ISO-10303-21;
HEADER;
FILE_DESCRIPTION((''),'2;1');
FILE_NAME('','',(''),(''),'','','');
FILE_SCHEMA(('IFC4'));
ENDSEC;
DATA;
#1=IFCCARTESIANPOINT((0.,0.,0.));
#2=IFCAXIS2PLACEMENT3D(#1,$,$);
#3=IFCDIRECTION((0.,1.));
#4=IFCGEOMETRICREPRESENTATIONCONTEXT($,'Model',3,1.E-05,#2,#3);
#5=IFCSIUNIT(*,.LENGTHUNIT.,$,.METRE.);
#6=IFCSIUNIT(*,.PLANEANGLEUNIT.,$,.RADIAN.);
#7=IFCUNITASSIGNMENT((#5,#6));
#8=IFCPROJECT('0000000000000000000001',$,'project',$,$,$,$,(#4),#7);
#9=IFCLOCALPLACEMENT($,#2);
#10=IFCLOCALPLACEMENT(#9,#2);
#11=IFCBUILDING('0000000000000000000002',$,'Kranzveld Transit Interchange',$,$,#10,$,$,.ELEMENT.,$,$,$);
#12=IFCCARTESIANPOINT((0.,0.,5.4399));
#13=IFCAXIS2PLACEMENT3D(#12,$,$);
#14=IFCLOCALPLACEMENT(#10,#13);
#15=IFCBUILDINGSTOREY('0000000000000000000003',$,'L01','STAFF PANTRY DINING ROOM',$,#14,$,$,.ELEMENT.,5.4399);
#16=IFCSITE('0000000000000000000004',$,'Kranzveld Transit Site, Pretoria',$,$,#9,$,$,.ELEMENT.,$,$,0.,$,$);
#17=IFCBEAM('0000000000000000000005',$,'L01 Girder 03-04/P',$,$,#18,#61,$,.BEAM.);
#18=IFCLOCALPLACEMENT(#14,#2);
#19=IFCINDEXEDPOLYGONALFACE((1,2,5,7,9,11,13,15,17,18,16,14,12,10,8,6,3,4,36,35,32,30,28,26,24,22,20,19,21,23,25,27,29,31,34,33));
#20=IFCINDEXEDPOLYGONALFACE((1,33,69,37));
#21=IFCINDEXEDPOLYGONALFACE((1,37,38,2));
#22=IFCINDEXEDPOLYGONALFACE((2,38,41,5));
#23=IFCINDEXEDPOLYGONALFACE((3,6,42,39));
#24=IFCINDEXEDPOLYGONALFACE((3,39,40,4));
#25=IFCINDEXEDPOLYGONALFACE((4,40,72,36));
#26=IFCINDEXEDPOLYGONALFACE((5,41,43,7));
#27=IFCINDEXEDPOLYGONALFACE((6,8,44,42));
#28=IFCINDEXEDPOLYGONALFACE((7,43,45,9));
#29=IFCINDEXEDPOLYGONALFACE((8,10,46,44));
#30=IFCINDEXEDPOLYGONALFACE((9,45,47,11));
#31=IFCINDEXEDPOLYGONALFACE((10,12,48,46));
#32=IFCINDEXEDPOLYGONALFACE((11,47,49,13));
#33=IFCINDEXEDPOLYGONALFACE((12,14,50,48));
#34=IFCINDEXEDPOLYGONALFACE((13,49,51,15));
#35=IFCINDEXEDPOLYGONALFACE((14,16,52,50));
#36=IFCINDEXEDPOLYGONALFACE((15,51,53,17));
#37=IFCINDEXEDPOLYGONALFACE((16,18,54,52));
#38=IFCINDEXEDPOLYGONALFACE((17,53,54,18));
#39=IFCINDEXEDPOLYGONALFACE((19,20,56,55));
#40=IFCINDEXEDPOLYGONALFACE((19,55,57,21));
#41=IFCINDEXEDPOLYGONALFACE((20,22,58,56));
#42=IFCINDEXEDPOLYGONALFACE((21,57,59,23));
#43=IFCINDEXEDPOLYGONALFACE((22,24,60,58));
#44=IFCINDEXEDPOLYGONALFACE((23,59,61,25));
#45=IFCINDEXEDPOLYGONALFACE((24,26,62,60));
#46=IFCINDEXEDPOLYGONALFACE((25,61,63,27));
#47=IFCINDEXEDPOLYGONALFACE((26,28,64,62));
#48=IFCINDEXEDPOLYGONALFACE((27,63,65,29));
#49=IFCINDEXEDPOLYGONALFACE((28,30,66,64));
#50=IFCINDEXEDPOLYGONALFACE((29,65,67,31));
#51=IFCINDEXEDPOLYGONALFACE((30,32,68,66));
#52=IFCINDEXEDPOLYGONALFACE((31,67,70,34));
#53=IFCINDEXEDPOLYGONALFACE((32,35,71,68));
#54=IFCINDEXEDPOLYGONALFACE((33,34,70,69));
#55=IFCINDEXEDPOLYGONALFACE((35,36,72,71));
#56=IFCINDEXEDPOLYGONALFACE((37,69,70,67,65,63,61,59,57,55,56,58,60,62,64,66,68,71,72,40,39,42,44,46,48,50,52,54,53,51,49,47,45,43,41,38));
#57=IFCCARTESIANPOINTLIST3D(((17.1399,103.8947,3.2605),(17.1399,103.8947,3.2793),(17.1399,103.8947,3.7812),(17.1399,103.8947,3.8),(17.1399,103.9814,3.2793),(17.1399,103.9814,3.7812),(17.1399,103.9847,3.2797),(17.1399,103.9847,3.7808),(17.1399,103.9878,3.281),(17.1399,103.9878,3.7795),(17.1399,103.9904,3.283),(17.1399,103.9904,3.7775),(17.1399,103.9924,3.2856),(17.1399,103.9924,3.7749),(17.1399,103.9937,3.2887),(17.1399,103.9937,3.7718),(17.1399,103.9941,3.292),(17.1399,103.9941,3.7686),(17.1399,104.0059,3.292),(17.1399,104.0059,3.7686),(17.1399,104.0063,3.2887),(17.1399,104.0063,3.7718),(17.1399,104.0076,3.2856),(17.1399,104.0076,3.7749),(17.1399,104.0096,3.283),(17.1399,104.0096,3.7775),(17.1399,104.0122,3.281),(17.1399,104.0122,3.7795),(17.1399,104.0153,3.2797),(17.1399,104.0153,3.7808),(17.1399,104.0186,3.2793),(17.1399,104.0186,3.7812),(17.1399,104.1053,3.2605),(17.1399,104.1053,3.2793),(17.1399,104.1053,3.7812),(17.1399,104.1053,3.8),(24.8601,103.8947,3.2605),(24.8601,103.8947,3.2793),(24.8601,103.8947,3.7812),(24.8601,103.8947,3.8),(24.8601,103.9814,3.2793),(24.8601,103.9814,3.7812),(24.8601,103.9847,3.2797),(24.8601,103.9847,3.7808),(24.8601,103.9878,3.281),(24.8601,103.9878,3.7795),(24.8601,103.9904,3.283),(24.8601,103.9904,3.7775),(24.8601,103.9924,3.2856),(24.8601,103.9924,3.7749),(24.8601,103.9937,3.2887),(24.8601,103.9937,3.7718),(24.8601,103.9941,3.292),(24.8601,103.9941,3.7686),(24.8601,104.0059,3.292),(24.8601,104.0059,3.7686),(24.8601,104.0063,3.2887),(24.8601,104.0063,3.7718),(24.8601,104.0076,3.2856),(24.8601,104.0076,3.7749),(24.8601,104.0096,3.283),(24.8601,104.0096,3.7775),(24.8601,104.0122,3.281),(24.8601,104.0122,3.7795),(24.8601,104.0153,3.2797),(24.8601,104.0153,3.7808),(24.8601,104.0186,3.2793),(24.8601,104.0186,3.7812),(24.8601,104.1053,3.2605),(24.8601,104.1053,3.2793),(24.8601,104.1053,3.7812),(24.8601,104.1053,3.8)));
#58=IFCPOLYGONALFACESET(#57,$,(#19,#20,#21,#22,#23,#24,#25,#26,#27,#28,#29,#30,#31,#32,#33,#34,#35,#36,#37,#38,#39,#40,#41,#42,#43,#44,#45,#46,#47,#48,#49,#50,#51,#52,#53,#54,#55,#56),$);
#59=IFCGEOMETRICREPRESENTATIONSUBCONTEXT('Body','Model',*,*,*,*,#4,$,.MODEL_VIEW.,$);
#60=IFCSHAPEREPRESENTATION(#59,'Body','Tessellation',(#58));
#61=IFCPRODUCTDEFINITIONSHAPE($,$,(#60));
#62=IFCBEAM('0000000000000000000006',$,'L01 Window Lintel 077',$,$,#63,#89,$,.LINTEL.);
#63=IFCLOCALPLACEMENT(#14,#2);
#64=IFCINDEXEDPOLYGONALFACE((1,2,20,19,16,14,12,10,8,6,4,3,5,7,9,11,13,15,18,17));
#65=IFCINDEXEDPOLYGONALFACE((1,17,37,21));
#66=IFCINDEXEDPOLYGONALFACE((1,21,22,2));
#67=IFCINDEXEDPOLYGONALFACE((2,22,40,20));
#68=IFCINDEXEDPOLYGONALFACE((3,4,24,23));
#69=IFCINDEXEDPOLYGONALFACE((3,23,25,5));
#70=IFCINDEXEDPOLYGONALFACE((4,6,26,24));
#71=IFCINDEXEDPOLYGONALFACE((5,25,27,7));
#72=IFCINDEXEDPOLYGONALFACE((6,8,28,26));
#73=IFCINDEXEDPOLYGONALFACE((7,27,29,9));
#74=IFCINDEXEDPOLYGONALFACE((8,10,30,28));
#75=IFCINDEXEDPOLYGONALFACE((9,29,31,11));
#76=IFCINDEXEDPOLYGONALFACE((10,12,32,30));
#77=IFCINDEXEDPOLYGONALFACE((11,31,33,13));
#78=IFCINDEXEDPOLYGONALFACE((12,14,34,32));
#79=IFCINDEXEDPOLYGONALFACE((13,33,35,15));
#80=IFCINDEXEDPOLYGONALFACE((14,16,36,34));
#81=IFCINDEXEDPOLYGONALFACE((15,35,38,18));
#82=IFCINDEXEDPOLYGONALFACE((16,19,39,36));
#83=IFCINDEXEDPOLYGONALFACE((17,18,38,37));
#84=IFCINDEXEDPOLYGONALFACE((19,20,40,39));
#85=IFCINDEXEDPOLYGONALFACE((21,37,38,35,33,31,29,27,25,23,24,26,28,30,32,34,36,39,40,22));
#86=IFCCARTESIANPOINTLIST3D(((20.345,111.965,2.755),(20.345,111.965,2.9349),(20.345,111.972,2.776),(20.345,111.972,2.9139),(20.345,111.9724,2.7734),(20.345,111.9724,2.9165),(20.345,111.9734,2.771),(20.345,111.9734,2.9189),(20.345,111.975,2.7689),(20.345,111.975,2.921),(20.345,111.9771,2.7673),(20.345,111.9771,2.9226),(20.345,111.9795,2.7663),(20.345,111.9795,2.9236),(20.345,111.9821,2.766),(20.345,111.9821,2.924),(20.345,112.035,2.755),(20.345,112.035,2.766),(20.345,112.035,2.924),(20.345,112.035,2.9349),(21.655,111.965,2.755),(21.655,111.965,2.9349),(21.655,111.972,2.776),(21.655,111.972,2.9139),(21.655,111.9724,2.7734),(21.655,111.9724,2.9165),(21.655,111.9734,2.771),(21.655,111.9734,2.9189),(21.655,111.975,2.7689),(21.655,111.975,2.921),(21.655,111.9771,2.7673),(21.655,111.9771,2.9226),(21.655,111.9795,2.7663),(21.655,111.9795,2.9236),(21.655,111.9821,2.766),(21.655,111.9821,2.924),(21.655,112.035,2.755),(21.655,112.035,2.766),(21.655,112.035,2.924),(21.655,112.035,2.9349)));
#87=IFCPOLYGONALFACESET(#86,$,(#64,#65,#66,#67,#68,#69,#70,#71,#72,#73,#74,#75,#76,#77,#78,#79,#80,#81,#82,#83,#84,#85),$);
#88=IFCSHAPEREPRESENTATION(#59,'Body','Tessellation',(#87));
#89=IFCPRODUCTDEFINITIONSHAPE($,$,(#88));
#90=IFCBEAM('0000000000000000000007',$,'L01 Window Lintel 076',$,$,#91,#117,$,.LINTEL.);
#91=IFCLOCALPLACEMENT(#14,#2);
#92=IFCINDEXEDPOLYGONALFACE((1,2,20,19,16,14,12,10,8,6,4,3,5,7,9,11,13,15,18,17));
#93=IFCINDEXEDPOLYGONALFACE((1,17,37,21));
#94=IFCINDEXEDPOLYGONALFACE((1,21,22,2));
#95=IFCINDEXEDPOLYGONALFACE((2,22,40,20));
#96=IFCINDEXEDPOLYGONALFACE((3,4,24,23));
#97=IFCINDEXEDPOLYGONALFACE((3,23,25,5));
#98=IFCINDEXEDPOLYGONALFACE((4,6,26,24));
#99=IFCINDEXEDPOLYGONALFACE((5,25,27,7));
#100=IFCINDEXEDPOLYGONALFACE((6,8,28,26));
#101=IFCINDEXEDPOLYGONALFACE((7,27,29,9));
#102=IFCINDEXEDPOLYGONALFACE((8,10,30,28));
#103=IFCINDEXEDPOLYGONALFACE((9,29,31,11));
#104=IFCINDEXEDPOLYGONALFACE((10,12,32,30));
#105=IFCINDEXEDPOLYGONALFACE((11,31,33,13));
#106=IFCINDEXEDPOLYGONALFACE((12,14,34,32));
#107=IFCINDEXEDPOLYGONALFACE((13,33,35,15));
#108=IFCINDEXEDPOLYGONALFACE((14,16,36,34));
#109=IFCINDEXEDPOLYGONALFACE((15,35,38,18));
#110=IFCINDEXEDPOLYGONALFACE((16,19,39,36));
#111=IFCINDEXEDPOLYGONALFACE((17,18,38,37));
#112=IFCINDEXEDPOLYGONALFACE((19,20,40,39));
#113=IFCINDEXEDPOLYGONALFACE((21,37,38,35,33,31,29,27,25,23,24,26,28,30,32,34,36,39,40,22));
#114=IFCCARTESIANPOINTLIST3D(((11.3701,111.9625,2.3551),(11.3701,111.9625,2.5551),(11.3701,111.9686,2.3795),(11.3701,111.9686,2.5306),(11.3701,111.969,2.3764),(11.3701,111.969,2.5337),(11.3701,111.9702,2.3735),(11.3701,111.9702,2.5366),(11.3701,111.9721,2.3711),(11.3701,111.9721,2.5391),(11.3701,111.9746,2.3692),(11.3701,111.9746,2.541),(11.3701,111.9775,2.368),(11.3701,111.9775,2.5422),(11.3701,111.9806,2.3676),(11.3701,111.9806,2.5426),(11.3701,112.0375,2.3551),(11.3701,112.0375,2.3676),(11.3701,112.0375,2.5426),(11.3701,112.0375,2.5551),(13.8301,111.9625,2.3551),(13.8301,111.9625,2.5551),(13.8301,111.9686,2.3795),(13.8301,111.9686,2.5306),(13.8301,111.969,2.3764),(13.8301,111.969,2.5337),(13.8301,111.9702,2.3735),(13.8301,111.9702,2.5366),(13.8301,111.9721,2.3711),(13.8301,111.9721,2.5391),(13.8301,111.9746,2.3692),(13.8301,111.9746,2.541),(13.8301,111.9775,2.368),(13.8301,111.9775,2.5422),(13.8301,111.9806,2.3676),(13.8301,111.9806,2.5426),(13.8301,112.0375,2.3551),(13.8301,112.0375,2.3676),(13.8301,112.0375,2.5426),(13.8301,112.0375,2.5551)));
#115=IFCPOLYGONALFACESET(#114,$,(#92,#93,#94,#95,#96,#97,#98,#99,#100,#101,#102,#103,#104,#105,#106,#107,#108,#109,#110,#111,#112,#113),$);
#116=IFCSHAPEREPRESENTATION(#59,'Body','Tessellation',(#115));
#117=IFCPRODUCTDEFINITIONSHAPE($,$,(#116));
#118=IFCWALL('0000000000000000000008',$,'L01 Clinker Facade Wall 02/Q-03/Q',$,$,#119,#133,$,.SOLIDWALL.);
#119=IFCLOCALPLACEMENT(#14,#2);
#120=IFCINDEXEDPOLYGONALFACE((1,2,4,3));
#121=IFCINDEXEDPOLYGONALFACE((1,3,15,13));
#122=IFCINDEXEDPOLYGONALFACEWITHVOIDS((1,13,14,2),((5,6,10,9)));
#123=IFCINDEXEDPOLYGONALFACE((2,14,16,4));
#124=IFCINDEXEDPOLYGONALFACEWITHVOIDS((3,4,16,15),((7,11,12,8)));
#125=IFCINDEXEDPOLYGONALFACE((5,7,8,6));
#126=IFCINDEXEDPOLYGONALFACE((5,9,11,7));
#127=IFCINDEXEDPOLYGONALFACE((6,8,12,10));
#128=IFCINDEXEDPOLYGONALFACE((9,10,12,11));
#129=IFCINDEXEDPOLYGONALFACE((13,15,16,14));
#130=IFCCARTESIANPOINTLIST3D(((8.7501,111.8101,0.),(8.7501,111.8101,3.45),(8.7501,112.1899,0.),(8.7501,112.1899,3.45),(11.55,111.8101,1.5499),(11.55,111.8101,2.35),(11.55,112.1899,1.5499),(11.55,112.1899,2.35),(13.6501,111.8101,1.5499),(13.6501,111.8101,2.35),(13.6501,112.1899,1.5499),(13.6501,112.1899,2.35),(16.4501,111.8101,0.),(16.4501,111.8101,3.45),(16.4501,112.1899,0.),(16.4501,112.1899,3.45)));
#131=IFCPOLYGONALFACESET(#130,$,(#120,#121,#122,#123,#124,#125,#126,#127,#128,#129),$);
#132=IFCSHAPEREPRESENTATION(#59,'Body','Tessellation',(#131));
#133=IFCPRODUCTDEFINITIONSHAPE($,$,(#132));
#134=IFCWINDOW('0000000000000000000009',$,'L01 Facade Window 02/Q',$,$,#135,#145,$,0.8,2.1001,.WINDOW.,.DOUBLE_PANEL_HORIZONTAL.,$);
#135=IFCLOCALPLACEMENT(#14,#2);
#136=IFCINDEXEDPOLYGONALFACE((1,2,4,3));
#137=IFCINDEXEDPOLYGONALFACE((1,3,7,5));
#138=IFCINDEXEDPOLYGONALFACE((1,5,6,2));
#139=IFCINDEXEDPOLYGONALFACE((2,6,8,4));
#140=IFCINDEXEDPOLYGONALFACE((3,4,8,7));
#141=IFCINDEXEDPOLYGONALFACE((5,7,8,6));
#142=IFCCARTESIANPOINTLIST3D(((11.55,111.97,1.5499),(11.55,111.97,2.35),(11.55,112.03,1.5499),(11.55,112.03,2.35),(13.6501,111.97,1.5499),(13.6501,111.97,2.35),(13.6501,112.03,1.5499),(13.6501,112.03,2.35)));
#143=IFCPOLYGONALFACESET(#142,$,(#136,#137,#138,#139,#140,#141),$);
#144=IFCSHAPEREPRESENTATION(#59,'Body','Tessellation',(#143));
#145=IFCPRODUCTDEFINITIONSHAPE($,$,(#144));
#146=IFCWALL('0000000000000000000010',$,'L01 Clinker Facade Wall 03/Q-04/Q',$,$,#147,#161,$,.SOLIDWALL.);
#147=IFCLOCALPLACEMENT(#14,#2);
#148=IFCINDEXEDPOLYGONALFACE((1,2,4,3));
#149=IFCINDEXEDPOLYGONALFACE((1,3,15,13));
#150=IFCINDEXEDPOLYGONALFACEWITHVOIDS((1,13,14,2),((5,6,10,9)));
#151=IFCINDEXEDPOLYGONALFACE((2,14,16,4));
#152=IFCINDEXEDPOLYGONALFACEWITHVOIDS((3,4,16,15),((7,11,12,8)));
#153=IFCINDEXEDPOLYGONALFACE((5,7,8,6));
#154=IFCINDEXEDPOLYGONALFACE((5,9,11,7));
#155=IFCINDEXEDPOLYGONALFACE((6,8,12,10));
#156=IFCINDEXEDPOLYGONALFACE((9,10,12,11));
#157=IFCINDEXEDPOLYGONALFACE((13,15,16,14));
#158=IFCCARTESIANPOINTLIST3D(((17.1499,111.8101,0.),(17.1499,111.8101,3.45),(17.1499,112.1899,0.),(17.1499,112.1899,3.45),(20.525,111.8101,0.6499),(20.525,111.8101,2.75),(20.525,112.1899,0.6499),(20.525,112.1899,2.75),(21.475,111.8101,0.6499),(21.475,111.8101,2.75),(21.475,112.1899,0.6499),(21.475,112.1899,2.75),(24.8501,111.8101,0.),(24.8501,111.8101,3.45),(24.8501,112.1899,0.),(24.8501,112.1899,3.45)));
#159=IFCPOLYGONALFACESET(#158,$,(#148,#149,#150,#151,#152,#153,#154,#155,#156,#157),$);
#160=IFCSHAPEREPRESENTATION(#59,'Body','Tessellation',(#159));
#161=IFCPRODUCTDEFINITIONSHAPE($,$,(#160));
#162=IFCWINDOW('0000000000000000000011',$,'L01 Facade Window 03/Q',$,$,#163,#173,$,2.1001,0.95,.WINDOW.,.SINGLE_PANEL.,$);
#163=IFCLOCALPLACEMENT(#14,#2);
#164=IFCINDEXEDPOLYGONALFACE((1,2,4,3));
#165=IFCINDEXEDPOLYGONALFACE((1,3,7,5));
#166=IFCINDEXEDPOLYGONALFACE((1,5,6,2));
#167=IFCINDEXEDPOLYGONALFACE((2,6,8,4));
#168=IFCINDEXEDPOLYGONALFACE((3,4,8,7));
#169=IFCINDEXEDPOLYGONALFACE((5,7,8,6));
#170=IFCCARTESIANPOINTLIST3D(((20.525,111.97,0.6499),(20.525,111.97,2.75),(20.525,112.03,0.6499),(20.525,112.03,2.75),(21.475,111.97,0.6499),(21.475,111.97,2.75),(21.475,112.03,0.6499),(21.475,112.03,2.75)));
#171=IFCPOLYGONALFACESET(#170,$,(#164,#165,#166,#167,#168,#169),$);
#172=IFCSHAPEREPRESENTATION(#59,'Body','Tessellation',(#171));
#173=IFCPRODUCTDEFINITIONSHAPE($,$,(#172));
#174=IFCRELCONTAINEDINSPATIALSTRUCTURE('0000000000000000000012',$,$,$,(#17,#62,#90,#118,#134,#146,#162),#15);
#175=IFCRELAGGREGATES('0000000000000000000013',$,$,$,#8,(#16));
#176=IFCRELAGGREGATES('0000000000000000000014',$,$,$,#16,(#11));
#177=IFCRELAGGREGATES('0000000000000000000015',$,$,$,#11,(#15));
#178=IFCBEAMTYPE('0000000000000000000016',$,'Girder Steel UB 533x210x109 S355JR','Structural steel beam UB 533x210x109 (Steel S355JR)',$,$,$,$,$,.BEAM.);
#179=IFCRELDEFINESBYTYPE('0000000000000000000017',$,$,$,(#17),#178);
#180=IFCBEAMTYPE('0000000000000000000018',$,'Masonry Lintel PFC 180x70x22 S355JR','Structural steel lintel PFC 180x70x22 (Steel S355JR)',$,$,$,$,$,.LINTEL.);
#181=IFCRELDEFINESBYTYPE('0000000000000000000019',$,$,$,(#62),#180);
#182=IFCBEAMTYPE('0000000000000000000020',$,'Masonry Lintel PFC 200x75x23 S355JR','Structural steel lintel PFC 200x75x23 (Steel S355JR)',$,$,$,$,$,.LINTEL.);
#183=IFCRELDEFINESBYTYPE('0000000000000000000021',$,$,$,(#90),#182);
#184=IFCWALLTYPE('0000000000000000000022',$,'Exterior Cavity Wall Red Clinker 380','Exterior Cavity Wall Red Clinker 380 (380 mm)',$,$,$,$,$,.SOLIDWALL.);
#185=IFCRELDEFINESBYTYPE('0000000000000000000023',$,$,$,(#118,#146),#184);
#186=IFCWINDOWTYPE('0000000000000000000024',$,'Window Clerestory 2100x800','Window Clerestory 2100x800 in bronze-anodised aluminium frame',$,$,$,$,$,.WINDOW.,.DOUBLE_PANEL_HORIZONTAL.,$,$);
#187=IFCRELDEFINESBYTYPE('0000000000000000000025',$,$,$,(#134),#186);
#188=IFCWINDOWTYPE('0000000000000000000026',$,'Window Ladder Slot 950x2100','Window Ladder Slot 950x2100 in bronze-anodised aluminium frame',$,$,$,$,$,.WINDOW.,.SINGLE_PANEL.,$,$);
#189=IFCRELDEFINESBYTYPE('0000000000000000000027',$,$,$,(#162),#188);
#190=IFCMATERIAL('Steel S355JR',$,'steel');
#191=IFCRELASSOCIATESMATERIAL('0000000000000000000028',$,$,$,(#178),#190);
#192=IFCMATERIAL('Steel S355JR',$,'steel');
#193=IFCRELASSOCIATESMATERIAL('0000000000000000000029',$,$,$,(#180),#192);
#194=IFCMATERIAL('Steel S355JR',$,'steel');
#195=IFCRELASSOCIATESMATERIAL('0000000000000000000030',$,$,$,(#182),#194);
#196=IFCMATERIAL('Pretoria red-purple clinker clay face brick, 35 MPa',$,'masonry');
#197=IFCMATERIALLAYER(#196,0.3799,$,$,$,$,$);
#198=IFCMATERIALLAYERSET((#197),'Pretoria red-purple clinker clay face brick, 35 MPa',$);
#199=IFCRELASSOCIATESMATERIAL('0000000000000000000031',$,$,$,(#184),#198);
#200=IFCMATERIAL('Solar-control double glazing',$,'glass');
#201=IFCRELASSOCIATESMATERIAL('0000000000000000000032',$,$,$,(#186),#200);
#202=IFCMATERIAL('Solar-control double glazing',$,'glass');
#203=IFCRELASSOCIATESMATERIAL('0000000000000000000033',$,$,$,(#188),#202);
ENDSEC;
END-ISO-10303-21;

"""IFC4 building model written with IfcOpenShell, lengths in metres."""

from ifc_helpers import new_model, si_unit, direction, frame, frame_2d, origin, origin_2d, place, context, subcontext, project, spatial, rectangle, i_section, u_section, extrude, material, layer, layer_set, material_profile, profile_set, type_object, element, fill, save


model = new_model("IFC4")

# Units and contexts
model_context = context("Model", 3, precision=1e-05, world=origin(), true_north=direction((0.0, 1.0)))
body_context = subcontext(model_context, "Body", "Model", "MODEL_VIEW")
ifc_project = project(units=[si_unit("LENGTHUNIT", "METRE"), si_unit("PLANEANGLEUNIT", "RADIAN")], contexts=[model_context])

# Site, building, storey
site_placement = place(None, origin())
site = spatial("IfcSite", under=ifc_project, at=site_placement, Name="Kranzveld Transit Site, Pretoria", CompositionType="ELEMENT", RefElevation=0.0)
building_placement = place(site_placement, origin())
building = spatial("IfcBuilding", under=site, at=building_placement, Name="Kranzveld Transit Interchange", CompositionType="ELEMENT")
storey_placement = place(building_placement, frame((0.0, 0.0, 5.4399)))
storey = spatial("IfcBuildingStorey", under=building, at=storey_placement, Name="L01", Description="STAFF PANTRY DINING ROOM", CompositionType="ELEMENT", Elevation=5.4399)

# Beams
ifc_material_1 = material(Name="Steel S355JR", Category="steel")
ifc_material_profile_1 = material_profile(ifc_material_1, i_section(OverallWidth=0.2107, OverallDepth=0.5396, WebThickness=0.0117, FlangeThickness=0.0188, FilletRadius=0.0127, at=origin_2d()), Name="UB 533x210x109")
ifc_profile_set_1 = profile_set([ifc_material_profile_1], Name="Steel S355JR")
beam_type_1 = type_object("IfcBeamType", Name="Girder Steel UB 533x210x109 S355JR", Description="Structural steel beam UB 533x210x109 (Steel S355JR)", PredefinedType="BEAM", material=ifc_profile_set_1)
beam_1_placement = place(storey_placement, frame((17.1399, 104.0, 3.5303), z_axis=(1.0, 0.0, 0.0), x_axis=(0.0, 1.0, 0.0)))
element("IfcBeam", 1, at=beam_1_placement, inside=storey, type_object=beam_type_1, Name="L01 Girder 03-04/P", PredefinedType="BEAM", context=body_context, shape_type="SweptSolid", body=[
    extrude(i_section(OverallWidth=0.2107, OverallDepth=0.5396, WebThickness=0.0117, FlangeThickness=0.0188, FilletRadius=0.0127, at=origin_2d()), origin(), (0.0, 0.0, 1.0), 7.7202),
])
ifc_material_2 = material(Name="Steel S355JR", Category="steel")
ifc_material_profile_2 = material_profile(ifc_material_2, u_section(Depth=0.1799, FlangeWidth=0.0701, WebThickness=0.0071, FlangeThickness=0.011, FilletRadius=0.01, at=origin_2d()), Name="PFC 180x70x22")
ifc_profile_set_2 = profile_set([ifc_material_profile_2], Name="Steel S355JR")
beam_type_2 = type_object("IfcBeamType", Name="Masonry Lintel PFC 180x70x22 S355JR", Description="Structural steel lintel PFC 180x70x22 (Steel S355JR)", PredefinedType="LINTEL", material=ifc_profile_set_2)
beam_2_placement = place(storey_placement, frame((20.345, 112.0, 2.845), z_axis=(1.0, 0.0, 0.0), x_axis=(0.0, 1.0, 0.0)))
element("IfcBeam", 2, at=beam_2_placement, inside=storey, type_object=beam_type_2, Name="L01 Window Lintel 077", PredefinedType="LINTEL", context=body_context, shape_type="SweptSolid", body=[
    extrude(u_section(Depth=0.1799, FlangeWidth=0.0701, WebThickness=0.0071, FlangeThickness=0.011, FilletRadius=0.01, at=origin_2d()), origin(), (0.0, 0.0, 1.0), 1.3101),
])
ifc_material_3 = material(Name="Steel S355JR", Category="steel")
ifc_material_profile_3 = material_profile(ifc_material_3, u_section(Depth=0.2, FlangeWidth=0.075, WebThickness=0.0061, FlangeThickness=0.0125, FilletRadius=0.012, at=origin_2d()), Name="PFC 200x75x23")
ifc_profile_set_3 = profile_set([ifc_material_profile_3], Name="Steel S355JR")
beam_type_3 = type_object("IfcBeamType", Name="Masonry Lintel PFC 200x75x23 S355JR", Description="Structural steel lintel PFC 200x75x23 (Steel S355JR)", PredefinedType="LINTEL", material=ifc_profile_set_3)
beam_3_placement = place(storey_placement, frame((11.3701, 112.0, 2.4551), z_axis=(1.0, 0.0, 0.0), x_axis=(0.0, 1.0, 0.0)))
element("IfcBeam", 3, at=beam_3_placement, inside=storey, type_object=beam_type_3, Name="L01 Window Lintel 076", PredefinedType="LINTEL", context=body_context, shape_type="SweptSolid", body=[
    extrude(u_section(Depth=0.2, FlangeWidth=0.075, WebThickness=0.0061, FlangeThickness=0.0125, FilletRadius=0.012, at=origin_2d()), origin(), (0.0, 0.0, 1.0), 2.46),
])

# Walls, openings, windows
ifc_material_4 = material(Name="Pretoria red-purple clinker clay face brick, 35 MPa", Category="masonry")
ifc_layer_1 = layer(ifc_material_4, 0.3799)
ifc_layer_set_1 = layer_set([ifc_layer_1], Name="Pretoria red-purple clinker clay face brick, 35 MPa")
wall_type_1 = type_object("IfcWallType", Name="Exterior Cavity Wall Red Clinker 380", Description="Exterior Cavity Wall Red Clinker 380 (380 mm)", PredefinedType="SOLIDWALL", material=ifc_layer_set_1)
wall_1_placement = place(storey_placement, frame((8.75, 112.0, 0.0), z_axis=(0.0, 0.0, 1.0), x_axis=(1.0, 0.0, 0.0)))
wall_1 = element("IfcWall", 4, at=wall_1_placement, inside=storey, type_object=wall_type_1, Name="L01 Clinker Facade Wall 02/Q-03/Q", PredefinedType="SOLIDWALL", context=body_context, shape_type="SweptSolid", body=[
    extrude(rectangle(XDim=7.7, YDim=0.3799, at=frame_2d((3.8501, 0.0))), origin(), (0.0, 0.0, 1.0), 3.45),
])
opening_1_placement = place(wall_1_placement, frame((2.8, 0.0, 1.55), z_axis=(0.0, 0.0, 1.0), x_axis=(1.0, 0.0, 0.0)))
opening_1 = element("IfcOpeningElement", 5, at=opening_1_placement, cuts=wall_1, PredefinedType="OPENING", context=body_context, shape_type="SweptSolid", body=[
    extrude(rectangle(XDim=2.1001, YDim=0.8, at=frame_2d((1.05, 0.3999))), frame((0.0, 0.2, 0.0), z_axis=(0.0, -1.0, 0.0), x_axis=(1.0, 0.0, 0.0)), (0.0, 0.0, 1.0), 0.3999),
])
ifc_material_5 = material(Name="Solar-control double glazing", Category="glass")
window_type_1 = type_object("IfcWindowType", Name="Window Clerestory 2100x800", Description="Window Clerestory 2100x800 in bronze-anodised aluminium frame", PartitioningType="DOUBLE_PANEL_HORIZONTAL", PredefinedType="WINDOW", material=ifc_material_5)
window_1_placement = place(opening_1_placement, origin())
window_1 = element("IfcWindow", 6, at=window_1_placement, inside=storey, type_object=window_type_1, Name="L01 Facade Window 02/Q", OverallHeight=0.8, OverallWidth=2.1001, PartitioningType="DOUBLE_PANEL_HORIZONTAL", PredefinedType="WINDOW", context=body_context, shape_type="SweptSolid", body=[
    extrude(rectangle(XDim=2.1001, YDim=0.8, at=frame_2d((1.05, 0.3999))), frame((0.0, 0.03, 0.0), z_axis=(0.0, -1.0, 0.0), x_axis=(1.0, 0.0, 0.0)), (0.0, 0.0, 1.0), 0.0601),
])
fill(opening_1, window_1)
wall_2_placement = place(storey_placement, frame((17.1499, 112.0, 0.0), z_axis=(0.0, 0.0, 1.0), x_axis=(1.0, 0.0, 0.0)))
wall_2 = element("IfcWall", 7, at=wall_2_placement, inside=storey, type_object=wall_type_1, Name="L01 Clinker Facade Wall 03/Q-04/Q", PredefinedType="SOLIDWALL", context=body_context, shape_type="SweptSolid", body=[
    extrude(rectangle(XDim=7.7002, YDim=0.3799, at=frame_2d((3.8501, 0.0))), origin(), (0.0, 0.0, 1.0), 3.45),
])
opening_2_placement = place(wall_2_placement, frame((3.375, 0.0, 0.6499), z_axis=(0.0, 0.0, 1.0), x_axis=(1.0, 0.0, 0.0)))
opening_2 = element("IfcOpeningElement", 8, at=opening_2_placement, cuts=wall_2, PredefinedType="OPENING", context=body_context, shape_type="SweptSolid", body=[
    extrude(rectangle(XDim=0.95, YDim=2.1001, at=frame_2d((0.4751, 1.05))), frame((0.0, 0.2, 0.0), z_axis=(0.0, -1.0, 0.0), x_axis=(1.0, 0.0, 0.0)), (0.0, 0.0, 1.0), 0.3999),
])
ifc_material_6 = material(Name="Solar-control double glazing", Category="glass")
window_type_2 = type_object("IfcWindowType", Name="Window Ladder Slot 950x2100", Description="Window Ladder Slot 950x2100 in bronze-anodised aluminium frame", PartitioningType="SINGLE_PANEL", PredefinedType="WINDOW", material=ifc_material_6)
window_2_placement = place(opening_2_placement, origin())
window_2 = element("IfcWindow", 9, at=window_2_placement, inside=storey, type_object=window_type_2, Name="L01 Facade Window 03/Q", OverallHeight=2.1001, OverallWidth=0.95, PartitioningType="SINGLE_PANEL", PredefinedType="WINDOW", context=body_context, shape_type="SweptSolid", body=[
    extrude(rectangle(XDim=0.95, YDim=2.1001, at=frame_2d((0.4751, 1.05))), frame((0.0, 0.03, 0.0), z_axis=(0.0, -1.0, 0.0), x_axis=(1.0, 0.0, 0.0)), (0.0, 0.0, 1.0), 0.0601),
])
fill(opening_2, window_2)

save(model, "model.ifc")
